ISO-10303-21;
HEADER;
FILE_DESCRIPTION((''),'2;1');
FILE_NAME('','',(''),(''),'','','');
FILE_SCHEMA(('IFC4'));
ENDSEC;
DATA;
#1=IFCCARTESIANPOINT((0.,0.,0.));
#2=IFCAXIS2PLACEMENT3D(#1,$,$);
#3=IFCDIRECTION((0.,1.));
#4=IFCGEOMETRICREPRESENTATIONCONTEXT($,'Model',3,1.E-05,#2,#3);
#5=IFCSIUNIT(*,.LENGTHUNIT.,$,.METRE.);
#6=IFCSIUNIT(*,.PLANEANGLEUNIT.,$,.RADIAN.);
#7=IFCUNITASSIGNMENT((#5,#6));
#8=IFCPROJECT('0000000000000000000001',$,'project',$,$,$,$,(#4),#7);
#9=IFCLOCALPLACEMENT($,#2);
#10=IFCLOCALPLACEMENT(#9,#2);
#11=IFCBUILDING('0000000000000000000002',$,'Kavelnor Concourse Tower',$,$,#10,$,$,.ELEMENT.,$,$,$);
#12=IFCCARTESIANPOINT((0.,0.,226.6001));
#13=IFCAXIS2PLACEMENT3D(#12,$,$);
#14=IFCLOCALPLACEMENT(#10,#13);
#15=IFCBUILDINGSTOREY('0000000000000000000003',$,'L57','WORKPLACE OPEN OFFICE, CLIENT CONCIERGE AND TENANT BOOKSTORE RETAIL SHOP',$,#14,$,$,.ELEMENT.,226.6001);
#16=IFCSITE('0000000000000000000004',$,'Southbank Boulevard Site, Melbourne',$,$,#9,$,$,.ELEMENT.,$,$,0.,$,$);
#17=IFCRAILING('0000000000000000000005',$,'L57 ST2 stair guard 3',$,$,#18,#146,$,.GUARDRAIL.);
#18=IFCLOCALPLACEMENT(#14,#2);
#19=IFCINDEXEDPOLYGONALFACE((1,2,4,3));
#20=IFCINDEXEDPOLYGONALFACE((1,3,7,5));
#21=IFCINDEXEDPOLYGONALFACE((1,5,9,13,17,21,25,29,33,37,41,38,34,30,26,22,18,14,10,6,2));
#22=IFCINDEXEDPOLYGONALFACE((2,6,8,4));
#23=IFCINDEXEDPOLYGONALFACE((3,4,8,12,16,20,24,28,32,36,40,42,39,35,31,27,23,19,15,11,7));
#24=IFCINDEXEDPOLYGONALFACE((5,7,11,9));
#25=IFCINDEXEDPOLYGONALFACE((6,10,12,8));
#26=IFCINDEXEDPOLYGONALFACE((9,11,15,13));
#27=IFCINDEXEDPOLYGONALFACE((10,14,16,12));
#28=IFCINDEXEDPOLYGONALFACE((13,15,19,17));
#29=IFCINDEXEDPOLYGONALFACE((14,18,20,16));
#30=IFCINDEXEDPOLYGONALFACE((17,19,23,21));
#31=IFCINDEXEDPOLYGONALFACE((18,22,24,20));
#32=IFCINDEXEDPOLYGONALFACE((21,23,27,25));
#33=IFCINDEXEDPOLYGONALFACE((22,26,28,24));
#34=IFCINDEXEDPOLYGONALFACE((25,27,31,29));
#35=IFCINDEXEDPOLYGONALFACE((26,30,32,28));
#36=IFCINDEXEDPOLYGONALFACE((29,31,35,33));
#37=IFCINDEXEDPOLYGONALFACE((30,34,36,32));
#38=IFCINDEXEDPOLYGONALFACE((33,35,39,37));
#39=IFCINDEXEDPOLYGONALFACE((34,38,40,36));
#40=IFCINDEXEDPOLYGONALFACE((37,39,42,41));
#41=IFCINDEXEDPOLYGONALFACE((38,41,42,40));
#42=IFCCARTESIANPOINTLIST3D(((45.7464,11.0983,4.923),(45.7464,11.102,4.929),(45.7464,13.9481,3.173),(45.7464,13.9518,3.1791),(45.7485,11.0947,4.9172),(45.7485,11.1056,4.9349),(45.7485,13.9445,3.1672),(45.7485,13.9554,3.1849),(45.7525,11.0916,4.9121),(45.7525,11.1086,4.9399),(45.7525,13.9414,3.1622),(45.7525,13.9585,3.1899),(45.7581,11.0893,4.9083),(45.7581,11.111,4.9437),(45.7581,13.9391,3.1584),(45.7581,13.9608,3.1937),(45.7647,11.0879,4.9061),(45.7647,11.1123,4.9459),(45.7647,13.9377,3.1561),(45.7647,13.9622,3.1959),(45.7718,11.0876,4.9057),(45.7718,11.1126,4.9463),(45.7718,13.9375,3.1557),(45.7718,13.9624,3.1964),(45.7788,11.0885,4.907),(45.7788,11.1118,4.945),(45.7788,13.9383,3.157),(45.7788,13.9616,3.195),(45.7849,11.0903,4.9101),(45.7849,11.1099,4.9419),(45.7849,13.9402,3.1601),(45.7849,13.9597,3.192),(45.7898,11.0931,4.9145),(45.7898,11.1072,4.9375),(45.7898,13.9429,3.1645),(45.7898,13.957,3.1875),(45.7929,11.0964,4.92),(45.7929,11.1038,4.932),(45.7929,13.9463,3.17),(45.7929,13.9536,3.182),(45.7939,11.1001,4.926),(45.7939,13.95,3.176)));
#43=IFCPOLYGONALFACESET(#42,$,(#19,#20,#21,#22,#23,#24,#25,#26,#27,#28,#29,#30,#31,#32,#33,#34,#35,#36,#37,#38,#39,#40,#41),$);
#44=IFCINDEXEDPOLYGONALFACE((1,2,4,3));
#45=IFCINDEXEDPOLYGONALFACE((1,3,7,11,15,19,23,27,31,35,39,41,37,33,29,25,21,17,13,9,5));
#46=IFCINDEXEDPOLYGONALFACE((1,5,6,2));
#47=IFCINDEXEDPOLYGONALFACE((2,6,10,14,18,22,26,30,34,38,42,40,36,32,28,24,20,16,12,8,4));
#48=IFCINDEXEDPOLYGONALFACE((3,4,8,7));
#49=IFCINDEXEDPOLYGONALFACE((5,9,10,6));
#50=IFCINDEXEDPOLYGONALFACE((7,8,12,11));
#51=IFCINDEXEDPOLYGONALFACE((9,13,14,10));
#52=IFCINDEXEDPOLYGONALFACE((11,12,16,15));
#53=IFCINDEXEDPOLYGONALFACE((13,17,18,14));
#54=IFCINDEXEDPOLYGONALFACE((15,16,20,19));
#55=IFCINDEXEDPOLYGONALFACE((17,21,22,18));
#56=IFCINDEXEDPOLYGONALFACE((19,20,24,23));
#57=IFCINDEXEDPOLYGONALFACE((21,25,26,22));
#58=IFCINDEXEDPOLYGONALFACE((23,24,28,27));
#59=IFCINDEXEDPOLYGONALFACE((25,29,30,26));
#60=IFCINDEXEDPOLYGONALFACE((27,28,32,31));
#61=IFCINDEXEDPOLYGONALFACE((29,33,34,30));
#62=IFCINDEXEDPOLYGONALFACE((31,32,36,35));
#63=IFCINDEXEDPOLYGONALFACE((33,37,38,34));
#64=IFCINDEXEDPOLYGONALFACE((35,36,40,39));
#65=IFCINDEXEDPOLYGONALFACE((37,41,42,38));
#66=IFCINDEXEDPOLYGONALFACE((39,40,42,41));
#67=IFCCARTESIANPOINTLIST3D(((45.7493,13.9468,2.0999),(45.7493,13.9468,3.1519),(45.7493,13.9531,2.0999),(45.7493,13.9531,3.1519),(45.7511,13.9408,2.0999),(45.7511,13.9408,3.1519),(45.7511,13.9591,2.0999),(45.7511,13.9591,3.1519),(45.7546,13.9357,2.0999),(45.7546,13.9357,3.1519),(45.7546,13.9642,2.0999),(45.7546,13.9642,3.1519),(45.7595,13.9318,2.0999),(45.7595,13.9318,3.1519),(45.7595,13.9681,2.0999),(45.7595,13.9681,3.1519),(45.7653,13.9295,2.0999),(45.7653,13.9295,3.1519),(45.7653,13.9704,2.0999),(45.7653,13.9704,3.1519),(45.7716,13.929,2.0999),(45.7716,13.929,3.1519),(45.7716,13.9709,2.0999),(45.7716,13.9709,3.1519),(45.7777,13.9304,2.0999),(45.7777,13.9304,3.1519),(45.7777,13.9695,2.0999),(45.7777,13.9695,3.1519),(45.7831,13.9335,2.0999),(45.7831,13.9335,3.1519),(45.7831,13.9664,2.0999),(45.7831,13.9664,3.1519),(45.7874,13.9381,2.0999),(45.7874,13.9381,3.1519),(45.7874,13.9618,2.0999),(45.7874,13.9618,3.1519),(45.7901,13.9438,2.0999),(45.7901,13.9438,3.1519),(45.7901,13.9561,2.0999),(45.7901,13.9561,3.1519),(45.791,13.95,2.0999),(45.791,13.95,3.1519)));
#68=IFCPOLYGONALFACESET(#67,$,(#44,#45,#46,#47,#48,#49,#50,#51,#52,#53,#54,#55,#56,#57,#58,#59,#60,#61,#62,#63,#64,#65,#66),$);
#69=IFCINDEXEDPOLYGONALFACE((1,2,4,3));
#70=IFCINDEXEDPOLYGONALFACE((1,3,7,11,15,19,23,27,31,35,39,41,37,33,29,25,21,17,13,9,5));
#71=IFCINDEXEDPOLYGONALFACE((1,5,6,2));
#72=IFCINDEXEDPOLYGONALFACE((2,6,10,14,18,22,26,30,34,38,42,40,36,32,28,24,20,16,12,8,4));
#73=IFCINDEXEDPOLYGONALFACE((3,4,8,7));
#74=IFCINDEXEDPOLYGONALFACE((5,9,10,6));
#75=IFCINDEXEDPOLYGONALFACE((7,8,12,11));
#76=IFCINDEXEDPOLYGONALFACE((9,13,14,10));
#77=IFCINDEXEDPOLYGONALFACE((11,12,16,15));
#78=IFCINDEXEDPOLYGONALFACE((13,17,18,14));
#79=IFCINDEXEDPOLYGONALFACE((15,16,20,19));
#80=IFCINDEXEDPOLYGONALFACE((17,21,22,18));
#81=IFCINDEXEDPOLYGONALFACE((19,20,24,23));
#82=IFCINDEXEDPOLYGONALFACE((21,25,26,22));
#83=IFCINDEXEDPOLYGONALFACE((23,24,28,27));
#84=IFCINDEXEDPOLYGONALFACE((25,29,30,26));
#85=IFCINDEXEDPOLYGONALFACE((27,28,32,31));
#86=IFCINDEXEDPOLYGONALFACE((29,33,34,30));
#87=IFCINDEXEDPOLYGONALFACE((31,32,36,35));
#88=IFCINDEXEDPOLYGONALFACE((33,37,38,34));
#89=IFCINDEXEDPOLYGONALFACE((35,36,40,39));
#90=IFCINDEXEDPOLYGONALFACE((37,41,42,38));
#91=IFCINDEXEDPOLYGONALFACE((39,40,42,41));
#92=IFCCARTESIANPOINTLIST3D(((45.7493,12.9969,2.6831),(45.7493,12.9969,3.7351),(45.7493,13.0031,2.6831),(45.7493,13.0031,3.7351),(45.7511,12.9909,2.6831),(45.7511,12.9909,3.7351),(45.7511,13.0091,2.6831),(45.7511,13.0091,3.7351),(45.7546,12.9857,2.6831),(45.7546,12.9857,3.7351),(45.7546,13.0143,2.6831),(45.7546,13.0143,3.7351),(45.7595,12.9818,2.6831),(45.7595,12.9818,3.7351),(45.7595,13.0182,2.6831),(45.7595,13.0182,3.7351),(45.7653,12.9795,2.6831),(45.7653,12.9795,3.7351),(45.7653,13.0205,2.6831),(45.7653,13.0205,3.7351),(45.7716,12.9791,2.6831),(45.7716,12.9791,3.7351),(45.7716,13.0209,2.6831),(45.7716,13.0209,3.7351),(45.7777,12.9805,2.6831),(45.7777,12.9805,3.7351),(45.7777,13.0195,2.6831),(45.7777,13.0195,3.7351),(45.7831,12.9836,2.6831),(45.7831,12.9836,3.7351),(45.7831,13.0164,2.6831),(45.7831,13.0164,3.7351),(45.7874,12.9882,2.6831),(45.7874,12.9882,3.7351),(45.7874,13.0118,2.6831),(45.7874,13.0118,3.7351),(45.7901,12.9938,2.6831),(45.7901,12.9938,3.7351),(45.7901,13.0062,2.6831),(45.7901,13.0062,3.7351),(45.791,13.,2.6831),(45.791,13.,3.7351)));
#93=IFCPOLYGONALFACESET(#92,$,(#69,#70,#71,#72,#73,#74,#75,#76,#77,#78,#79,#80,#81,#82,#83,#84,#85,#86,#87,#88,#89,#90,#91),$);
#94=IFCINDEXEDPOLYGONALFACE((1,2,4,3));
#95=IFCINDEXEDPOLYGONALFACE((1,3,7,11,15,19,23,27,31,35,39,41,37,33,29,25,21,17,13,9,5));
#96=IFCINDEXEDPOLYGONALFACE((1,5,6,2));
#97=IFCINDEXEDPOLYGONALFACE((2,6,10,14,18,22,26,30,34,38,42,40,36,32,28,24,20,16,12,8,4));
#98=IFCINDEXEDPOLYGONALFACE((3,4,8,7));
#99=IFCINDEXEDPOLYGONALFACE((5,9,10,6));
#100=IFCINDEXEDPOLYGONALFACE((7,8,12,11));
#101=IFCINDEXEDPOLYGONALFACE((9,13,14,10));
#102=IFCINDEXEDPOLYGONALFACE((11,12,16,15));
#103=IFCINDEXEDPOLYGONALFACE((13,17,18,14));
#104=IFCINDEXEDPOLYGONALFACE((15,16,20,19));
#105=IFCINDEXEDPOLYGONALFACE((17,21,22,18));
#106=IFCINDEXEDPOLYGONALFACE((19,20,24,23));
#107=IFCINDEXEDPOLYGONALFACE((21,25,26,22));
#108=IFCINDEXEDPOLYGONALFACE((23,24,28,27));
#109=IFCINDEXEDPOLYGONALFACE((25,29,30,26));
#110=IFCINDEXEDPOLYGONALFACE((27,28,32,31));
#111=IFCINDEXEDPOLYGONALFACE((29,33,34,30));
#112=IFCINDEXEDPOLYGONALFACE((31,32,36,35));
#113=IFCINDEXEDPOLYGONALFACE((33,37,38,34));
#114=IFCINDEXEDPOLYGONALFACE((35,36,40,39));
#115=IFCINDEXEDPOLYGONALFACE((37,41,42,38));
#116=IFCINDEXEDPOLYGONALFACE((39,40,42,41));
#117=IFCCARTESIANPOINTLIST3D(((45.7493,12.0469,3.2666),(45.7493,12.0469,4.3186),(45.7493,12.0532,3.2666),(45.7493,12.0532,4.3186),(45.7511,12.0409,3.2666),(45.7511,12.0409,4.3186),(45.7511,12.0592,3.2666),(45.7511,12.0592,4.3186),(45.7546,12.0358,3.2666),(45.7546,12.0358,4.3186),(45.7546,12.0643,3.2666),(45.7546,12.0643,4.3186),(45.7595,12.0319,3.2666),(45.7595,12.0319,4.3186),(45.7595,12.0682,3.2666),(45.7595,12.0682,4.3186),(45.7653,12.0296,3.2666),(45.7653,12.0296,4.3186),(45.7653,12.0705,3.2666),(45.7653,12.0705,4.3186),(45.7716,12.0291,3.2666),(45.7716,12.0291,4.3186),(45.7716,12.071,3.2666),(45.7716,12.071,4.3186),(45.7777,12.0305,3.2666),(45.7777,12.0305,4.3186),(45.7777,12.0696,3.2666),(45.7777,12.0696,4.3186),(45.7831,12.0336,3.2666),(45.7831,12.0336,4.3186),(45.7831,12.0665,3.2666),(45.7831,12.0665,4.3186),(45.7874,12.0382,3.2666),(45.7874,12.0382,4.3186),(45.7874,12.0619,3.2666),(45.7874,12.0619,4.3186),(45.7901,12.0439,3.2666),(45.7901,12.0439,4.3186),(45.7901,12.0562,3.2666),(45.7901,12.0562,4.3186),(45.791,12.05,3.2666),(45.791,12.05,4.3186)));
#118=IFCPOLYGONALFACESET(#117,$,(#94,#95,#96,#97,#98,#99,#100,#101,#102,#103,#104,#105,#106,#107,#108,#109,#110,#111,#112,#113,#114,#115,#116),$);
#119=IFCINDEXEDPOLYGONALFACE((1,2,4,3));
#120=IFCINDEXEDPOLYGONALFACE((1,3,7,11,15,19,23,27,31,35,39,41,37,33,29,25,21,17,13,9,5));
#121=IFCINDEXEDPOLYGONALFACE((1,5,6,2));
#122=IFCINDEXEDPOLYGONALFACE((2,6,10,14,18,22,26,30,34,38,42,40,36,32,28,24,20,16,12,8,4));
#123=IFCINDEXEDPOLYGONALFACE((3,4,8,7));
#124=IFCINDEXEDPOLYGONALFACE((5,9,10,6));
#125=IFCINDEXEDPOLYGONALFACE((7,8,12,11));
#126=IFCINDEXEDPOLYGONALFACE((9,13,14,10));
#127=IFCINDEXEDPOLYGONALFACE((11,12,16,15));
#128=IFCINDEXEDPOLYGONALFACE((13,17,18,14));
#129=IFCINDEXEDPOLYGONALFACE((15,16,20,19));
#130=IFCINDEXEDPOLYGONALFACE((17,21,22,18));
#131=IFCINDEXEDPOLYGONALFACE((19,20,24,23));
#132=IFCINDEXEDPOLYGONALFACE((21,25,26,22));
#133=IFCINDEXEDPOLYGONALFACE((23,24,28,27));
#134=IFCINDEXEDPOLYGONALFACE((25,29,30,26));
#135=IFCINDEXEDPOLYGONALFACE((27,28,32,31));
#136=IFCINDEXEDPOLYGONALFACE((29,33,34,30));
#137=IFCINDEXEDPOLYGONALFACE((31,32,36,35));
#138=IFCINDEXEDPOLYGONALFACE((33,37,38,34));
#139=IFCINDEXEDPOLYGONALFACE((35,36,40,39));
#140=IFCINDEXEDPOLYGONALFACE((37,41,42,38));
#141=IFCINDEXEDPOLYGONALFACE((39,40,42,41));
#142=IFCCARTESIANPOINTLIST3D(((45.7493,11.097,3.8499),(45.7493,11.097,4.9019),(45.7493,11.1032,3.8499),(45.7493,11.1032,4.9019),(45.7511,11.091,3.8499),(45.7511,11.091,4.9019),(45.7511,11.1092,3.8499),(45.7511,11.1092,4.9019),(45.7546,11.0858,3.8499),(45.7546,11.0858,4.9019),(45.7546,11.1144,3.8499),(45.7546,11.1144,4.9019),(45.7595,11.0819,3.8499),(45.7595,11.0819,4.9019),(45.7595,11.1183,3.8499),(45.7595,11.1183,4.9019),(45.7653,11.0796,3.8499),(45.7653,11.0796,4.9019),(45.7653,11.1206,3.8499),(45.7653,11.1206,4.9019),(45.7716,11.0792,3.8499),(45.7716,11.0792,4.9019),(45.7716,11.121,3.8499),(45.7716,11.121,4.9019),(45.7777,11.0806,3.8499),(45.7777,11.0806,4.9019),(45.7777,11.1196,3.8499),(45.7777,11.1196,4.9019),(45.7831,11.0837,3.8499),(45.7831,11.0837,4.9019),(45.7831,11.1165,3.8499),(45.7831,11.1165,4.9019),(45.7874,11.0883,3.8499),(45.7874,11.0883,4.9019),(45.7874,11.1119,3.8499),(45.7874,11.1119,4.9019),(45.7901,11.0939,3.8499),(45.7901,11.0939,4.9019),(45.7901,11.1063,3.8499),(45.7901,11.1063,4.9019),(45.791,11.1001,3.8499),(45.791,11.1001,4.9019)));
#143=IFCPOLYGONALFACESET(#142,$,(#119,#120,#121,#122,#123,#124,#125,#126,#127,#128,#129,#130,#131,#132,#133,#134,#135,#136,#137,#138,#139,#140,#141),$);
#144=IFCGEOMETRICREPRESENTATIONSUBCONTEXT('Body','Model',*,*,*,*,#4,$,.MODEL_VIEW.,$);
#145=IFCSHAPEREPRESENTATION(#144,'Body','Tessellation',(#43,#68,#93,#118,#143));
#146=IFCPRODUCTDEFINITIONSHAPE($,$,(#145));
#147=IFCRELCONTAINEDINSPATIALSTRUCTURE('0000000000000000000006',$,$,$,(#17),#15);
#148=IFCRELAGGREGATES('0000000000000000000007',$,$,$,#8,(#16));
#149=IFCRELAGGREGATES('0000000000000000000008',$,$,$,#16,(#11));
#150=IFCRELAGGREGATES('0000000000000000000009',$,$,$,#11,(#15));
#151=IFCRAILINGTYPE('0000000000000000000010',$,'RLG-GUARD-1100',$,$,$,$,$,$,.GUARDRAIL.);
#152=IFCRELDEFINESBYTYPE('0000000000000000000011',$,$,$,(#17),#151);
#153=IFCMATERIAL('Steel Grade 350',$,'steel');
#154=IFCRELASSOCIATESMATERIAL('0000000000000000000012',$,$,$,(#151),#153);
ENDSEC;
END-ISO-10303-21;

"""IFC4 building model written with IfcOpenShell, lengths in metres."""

from ifc_helpers import new_model, si_unit, direction, frame, origin, origin_2d, place, context, subcontext, project, spatial, circle, extrude, material, type_object, element, save


model = new_model("IFC4")

# Units and contexts
model_context = context("Model", 3, precision=1e-05, world=origin(), true_north=direction((0.0, 1.0)))
body_context = subcontext(model_context, "Body", "Model", "MODEL_VIEW")
ifc_project = project(units=[si_unit("LENGTHUNIT", "METRE"), si_unit("PLANEANGLEUNIT", "RADIAN")], contexts=[model_context])

# Site, building, storey
site_placement = place(None, origin())
site = spatial("IfcSite", under=ifc_project, at=site_placement, Name="Southbank Boulevard Site, Melbourne", CompositionType="ELEMENT", RefElevation=0.0)
building_placement = place(site_placement, origin())
building = spatial("IfcBuilding", under=site, at=building_placement, Name="Kavelnor Concourse Tower", CompositionType="ELEMENT")
storey_placement = place(building_placement, frame((0.0, 0.0, 226.6001)))
storey = spatial("IfcBuildingStorey", under=building, at=storey_placement, Name="L57", Description="WORKPLACE OPEN OFFICE, CLIENT CONCIERGE AND TENANT BOOKSTORE RETAIL SHOP", CompositionType="ELEMENT", Elevation=226.6001)

# Shared definitions
ifc_material_1 = material(Name="Steel Grade 350", Category="steel")

# Railing
railing_type_1 = type_object("IfcRailingType", Name="RLG-GUARD-1100", PredefinedType="GUARDRAIL", material=ifc_material_1)
railing_1_placement = place(storey_placement, frame((45.77, 13.95, 2.0999)))
element("IfcRailing", 1, at=railing_1_placement, inside=storey, type_object=railing_type_1, Name="L57 ST2 stair guard 3", PredefinedType="GUARDRAIL", context=body_context, shape_type="SweptSolid", body=[
    extrude(circle(Radius=0.0239, at=origin_2d()), frame((0.0, 0.0, 1.0762), z_axis=(0.0, -0.852159, 0.523283), x_axis=(1.0, 0.0, 0.0)), (0.0, 0.0, 1.0), 3.3442),
    extrude(circle(Radius=0.021, at=origin_2d()), origin(), (0.0, 0.0, 1.0), 1.052),
    extrude(circle(Radius=0.021, at=origin_2d()), frame((0.0, -0.95, 0.5833)), (0.0, 0.0, 1.0), 1.052),
    extrude(circle(Radius=0.021, at=origin_2d()), frame((0.0, -1.8999, 1.1667)), (0.0, 0.0, 1.0), 1.052),
    extrude(circle(Radius=0.021, at=origin_2d()), frame((0.0, -2.8499, 1.75)), (0.0, 0.0, 1.0), 1.052),
])

save(model, "model.ifc")
